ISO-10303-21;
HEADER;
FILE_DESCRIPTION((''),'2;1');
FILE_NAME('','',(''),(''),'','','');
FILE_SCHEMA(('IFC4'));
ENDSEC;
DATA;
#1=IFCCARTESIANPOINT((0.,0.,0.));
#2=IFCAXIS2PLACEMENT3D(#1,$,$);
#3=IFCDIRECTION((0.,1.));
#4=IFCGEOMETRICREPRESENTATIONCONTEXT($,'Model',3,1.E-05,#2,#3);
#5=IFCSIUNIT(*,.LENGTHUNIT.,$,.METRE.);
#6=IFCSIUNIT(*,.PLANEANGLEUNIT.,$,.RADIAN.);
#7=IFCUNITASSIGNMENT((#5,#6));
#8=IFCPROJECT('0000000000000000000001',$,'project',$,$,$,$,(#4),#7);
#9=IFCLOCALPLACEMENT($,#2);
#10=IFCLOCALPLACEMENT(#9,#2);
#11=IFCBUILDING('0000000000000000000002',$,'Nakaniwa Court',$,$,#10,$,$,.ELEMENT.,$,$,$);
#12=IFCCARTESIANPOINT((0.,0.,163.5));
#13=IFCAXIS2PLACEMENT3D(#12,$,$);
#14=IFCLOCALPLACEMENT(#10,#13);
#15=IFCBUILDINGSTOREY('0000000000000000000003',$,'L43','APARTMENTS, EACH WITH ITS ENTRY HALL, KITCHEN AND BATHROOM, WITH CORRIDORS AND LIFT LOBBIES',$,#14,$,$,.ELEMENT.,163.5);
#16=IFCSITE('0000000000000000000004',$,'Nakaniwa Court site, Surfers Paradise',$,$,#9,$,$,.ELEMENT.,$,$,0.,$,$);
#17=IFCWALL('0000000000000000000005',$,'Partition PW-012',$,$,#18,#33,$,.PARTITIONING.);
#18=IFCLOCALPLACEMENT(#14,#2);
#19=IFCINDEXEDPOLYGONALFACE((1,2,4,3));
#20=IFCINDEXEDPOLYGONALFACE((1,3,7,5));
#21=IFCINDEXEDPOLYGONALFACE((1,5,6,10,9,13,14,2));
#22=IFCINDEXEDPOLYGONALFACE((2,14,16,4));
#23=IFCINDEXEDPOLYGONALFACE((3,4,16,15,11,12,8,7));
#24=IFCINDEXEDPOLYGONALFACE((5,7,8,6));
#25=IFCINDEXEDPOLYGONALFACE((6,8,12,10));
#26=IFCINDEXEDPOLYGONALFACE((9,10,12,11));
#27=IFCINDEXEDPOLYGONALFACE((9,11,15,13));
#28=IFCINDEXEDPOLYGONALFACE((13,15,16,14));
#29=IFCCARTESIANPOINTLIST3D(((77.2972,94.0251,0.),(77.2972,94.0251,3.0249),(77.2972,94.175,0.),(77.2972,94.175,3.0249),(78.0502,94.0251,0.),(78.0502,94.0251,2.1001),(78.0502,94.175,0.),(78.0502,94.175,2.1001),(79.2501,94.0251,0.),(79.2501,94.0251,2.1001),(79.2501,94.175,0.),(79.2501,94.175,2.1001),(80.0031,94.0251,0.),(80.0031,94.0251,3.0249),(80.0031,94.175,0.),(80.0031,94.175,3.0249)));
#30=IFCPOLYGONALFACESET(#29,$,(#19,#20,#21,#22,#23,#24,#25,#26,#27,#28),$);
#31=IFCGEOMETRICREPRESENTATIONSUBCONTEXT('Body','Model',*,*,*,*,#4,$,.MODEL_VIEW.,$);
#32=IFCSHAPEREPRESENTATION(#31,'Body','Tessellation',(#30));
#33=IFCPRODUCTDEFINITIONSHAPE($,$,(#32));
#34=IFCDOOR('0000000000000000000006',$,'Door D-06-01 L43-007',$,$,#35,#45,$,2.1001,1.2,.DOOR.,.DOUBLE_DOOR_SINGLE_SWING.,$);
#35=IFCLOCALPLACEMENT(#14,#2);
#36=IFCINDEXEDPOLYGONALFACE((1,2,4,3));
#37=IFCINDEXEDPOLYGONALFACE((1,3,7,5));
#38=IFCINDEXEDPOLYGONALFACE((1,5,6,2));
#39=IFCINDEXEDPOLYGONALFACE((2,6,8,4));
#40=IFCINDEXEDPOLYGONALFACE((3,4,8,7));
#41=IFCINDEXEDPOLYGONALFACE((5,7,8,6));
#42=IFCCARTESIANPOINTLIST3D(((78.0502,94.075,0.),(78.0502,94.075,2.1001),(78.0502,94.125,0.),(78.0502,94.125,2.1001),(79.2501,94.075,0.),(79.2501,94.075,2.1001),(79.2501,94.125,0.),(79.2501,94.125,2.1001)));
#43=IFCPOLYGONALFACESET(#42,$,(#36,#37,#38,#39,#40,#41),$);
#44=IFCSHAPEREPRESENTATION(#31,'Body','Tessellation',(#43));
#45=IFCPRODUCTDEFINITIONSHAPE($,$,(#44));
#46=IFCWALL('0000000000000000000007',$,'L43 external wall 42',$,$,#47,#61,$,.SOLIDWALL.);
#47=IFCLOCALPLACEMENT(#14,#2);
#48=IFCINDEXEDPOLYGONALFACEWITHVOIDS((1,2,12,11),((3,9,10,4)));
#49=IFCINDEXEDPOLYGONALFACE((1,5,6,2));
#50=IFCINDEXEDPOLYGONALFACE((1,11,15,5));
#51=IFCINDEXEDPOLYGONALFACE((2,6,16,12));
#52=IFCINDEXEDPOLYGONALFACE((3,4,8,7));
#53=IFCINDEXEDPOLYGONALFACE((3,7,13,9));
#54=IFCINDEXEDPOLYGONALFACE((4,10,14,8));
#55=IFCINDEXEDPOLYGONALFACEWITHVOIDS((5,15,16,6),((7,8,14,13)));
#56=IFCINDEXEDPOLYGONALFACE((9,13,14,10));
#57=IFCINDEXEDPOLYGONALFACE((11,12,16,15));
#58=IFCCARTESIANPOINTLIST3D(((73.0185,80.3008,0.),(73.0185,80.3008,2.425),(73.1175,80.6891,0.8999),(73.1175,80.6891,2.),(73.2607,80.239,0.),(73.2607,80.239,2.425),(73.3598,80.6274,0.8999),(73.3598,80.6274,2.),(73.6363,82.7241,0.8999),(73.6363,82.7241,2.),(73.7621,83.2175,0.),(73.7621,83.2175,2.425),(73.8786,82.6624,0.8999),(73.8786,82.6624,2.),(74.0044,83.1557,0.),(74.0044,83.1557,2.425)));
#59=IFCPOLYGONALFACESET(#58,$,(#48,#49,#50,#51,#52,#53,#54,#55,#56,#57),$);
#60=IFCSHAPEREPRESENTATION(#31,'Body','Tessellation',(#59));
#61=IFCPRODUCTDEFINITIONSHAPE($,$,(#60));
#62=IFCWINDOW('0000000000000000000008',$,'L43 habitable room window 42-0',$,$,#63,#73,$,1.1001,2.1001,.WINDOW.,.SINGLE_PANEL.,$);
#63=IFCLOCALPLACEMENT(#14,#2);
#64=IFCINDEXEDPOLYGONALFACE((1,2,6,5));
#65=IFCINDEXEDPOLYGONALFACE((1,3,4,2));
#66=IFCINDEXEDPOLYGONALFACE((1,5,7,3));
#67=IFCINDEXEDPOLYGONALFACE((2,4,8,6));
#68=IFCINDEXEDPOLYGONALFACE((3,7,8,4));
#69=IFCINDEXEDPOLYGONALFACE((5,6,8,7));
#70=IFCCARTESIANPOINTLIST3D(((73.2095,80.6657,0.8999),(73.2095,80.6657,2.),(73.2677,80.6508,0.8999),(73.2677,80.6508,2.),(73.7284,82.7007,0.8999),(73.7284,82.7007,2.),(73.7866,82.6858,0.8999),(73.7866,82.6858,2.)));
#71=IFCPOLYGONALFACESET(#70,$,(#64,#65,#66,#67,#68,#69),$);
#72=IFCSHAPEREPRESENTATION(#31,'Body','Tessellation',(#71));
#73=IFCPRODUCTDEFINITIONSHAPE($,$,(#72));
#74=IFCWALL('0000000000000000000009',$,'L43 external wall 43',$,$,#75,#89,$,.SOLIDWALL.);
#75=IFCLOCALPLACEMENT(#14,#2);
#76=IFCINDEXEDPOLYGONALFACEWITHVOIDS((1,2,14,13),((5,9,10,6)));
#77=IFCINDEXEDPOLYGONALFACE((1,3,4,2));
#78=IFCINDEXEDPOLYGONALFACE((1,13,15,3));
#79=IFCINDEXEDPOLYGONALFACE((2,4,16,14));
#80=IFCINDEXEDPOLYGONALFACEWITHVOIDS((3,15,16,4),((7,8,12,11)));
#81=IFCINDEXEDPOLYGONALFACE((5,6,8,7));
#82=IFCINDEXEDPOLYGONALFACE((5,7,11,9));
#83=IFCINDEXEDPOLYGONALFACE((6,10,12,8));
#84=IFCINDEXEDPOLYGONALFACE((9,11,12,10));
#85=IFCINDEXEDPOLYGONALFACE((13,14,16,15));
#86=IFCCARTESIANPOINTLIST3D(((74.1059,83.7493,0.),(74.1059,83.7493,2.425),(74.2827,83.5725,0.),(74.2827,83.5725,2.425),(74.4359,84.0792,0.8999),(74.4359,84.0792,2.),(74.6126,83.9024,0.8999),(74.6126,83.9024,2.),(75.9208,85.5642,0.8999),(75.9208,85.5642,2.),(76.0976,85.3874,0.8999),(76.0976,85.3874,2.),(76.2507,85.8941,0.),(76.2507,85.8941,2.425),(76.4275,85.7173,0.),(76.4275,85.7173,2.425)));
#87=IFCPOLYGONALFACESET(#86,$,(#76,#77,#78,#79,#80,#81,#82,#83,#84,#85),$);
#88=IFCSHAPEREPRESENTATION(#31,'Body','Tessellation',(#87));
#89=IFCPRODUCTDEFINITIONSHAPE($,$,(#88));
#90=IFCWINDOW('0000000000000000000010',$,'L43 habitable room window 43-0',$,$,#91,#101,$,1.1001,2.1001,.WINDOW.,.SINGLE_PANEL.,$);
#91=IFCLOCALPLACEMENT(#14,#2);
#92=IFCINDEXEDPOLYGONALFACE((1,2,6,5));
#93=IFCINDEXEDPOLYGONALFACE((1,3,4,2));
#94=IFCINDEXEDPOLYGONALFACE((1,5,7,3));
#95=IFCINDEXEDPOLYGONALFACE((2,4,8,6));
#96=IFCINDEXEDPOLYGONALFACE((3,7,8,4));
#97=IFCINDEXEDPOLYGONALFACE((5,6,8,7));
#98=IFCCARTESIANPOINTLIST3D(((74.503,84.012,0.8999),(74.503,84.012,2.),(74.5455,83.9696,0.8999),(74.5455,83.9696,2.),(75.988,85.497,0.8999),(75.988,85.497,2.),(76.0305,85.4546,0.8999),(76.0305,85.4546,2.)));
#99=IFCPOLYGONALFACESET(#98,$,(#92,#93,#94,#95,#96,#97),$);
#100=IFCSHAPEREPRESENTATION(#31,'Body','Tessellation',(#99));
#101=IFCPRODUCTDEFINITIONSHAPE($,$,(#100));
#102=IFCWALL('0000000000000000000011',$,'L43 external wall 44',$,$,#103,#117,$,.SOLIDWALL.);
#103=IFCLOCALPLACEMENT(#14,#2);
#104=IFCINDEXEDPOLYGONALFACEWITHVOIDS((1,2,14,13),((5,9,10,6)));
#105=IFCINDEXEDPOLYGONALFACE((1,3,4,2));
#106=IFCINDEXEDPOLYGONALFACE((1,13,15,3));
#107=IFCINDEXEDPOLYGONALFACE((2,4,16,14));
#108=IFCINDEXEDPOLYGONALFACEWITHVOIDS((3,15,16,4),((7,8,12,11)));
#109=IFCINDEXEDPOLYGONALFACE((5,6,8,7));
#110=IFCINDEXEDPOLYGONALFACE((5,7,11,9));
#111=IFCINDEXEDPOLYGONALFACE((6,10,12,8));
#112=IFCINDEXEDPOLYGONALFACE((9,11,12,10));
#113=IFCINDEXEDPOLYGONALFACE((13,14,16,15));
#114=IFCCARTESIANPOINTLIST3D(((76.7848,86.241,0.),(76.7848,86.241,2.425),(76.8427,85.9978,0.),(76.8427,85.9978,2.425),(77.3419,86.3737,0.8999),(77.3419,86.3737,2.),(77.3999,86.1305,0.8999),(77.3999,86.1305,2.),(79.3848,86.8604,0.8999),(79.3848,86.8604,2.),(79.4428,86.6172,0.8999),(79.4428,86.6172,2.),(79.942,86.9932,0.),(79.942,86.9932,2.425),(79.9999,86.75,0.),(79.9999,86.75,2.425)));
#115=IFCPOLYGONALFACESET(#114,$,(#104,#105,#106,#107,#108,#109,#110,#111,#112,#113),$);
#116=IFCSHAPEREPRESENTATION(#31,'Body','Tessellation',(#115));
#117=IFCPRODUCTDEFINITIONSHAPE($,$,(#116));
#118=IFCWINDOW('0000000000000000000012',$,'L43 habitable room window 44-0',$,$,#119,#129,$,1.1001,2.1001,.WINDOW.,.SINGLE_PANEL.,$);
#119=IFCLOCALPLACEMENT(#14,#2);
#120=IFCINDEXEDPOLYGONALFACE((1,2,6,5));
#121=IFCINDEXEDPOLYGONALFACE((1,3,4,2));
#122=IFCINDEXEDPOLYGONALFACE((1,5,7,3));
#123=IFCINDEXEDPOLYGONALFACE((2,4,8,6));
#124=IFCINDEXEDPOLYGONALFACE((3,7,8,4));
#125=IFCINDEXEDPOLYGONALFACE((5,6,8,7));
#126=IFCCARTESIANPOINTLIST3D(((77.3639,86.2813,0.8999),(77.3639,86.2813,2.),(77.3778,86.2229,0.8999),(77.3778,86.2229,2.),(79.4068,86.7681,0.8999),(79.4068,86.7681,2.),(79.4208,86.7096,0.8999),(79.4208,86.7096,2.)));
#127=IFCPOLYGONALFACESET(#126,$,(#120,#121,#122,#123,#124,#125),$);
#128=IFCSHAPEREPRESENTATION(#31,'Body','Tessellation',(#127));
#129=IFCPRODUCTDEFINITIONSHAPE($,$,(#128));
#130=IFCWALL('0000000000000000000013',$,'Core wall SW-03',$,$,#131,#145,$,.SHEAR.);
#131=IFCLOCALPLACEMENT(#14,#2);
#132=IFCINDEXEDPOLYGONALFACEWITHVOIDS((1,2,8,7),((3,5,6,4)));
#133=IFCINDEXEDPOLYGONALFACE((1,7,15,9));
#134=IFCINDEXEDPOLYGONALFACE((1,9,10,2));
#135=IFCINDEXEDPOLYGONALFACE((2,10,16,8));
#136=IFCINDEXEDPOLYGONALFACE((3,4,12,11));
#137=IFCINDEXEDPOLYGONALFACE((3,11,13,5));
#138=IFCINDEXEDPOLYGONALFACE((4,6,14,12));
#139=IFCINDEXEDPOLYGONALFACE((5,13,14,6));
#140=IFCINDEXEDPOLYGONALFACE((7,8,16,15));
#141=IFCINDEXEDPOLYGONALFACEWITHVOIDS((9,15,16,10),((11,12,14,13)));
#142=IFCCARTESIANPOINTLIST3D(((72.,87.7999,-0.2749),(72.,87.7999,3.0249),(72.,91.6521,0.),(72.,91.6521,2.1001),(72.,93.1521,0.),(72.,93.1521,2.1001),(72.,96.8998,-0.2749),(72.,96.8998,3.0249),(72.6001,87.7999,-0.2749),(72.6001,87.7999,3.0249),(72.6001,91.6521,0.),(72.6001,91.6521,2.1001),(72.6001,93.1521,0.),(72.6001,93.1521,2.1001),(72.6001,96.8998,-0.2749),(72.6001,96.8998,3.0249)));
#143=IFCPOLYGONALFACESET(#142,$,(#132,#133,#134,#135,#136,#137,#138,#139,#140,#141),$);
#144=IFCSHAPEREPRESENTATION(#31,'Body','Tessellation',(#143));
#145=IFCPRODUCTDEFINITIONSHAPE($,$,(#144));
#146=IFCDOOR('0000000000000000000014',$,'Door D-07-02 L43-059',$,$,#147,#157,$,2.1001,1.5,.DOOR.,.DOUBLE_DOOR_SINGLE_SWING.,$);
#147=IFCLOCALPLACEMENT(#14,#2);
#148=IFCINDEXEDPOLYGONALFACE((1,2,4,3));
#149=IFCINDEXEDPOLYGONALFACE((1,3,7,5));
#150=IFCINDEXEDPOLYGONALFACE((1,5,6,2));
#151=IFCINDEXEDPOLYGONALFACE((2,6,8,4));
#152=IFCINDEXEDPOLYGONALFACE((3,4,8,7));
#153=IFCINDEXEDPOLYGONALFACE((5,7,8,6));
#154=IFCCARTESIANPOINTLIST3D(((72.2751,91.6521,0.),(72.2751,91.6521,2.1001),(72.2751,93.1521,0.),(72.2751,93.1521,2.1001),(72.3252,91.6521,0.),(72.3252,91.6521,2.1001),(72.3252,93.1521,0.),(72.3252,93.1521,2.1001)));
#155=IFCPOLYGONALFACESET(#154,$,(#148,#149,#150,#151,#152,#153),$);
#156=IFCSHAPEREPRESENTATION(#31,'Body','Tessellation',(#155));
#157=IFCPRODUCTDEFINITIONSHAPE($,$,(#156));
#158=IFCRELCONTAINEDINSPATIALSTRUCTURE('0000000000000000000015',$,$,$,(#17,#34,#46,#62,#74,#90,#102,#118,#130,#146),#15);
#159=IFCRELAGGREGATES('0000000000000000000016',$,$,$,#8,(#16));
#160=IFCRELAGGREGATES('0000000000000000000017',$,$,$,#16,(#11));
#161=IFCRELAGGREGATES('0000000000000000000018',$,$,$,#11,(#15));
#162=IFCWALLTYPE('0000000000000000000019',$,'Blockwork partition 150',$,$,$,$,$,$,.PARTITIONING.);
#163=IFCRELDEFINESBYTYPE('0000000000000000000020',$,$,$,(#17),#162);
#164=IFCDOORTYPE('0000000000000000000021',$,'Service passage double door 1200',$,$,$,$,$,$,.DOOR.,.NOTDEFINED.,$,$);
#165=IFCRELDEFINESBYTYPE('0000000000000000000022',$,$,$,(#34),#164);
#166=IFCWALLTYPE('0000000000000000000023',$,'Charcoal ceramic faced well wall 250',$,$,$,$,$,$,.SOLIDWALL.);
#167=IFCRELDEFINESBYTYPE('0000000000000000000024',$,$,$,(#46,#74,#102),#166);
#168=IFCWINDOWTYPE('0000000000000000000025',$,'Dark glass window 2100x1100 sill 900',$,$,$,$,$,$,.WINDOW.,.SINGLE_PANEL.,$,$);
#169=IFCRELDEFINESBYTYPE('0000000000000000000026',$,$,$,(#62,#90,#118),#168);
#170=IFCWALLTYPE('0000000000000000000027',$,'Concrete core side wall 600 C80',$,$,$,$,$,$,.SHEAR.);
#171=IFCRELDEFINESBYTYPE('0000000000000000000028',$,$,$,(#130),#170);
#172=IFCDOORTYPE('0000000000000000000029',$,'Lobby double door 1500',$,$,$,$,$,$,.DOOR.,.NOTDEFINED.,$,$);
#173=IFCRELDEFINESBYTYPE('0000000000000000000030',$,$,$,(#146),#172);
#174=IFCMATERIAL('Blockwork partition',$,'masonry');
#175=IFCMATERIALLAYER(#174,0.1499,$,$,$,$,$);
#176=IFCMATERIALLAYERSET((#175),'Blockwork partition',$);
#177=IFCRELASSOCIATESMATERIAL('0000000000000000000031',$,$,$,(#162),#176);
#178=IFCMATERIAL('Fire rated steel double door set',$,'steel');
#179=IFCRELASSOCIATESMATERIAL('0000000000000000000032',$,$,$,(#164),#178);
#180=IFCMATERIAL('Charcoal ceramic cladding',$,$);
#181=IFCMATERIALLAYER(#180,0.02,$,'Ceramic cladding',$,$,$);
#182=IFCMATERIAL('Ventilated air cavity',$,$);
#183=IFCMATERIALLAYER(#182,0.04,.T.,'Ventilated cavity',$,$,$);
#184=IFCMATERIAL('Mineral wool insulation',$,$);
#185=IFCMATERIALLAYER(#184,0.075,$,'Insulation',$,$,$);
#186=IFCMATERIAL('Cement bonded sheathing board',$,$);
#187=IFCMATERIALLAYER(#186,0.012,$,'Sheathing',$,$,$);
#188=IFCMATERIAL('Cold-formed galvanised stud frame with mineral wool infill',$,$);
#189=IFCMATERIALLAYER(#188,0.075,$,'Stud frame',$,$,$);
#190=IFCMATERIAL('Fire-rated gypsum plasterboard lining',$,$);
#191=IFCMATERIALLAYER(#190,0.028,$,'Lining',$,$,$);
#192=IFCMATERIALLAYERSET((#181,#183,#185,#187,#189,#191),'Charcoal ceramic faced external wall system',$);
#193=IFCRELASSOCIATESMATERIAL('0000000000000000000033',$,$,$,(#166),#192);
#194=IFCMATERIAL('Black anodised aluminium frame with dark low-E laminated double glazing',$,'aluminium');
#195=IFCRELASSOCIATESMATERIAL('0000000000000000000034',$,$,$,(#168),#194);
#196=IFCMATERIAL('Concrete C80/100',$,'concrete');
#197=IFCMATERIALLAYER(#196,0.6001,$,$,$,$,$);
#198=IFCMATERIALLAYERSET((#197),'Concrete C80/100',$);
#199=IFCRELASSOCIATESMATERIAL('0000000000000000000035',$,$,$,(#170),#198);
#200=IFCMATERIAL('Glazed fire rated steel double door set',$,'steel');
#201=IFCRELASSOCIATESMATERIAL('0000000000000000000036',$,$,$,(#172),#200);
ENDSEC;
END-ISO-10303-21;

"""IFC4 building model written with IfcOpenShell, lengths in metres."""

from ifc_helpers import new_model, si_unit, direction, frame, frame_2d, origin, place, context, subcontext, project, spatial, rectangle, extrude, material, layer, layer_set, type_object, element, fill, save


model = new_model("IFC4")

# Units and contexts
model_context = context("Model", 3, precision=1e-05, world=origin(), true_north=direction((0.0, 1.0)))
body_context = subcontext(model_context, "Body", "Model", "MODEL_VIEW")
ifc_project = project(units=[si_unit("LENGTHUNIT", "METRE"), si_unit("PLANEANGLEUNIT", "RADIAN")], contexts=[model_context])

# Site, building, storey
site_placement = place(None, origin())
site = spatial("IfcSite", under=ifc_project, at=site_placement, Name="Nakaniwa Court site, Surfers Paradise", CompositionType="ELEMENT", RefElevation=0.0)
building_placement = place(site_placement, origin())
building = spatial("IfcBuilding", under=site, at=building_placement, Name="Nakaniwa Court", CompositionType="ELEMENT")
storey_placement = place(building_placement, frame((0.0, 0.0, 163.5)))
storey = spatial("IfcBuildingStorey", under=building, at=storey_placement, Name="L43", Description="APARTMENTS, EACH WITH ITS ENTRY HALL, KITCHEN AND BATHROOM, WITH CORRIDORS AND LIFT LOBBIES", CompositionType="ELEMENT", Elevation=163.5)

# Shared definitions
ifc_material_1 = material(Name="Concrete C80/100", Category="concrete")

# Shared definitions
ifc_material_2 = material(Name="Blockwork partition", Category="masonry")
ifc_layer_1 = layer(ifc_material_2, 0.1499)
ifc_layer_set_1 = layer_set([ifc_layer_1], Name="Blockwork partition")
wall_type_1 = type_object("IfcWallType", Name="Blockwork partition 150", PredefinedType="PARTITIONING", material=ifc_layer_set_1)

# Wall, opening, door
wall_1_placement = place(storey_placement, frame((77.2971, 94.1001, 0.0), z_axis=(0.0, 0.0, 1.0), x_axis=(1.0, 0.0, 0.0)))
wall_1 = element("IfcWall", 1, at=wall_1_placement, inside=storey, type_object=wall_type_1, Name="Partition PW-012", PredefinedType="PARTITIONING", context=body_context, shape_type="SweptSolid", body=[
    extrude(rectangle(XDim=2.7058, YDim=0.1499, at=frame_2d((1.353, 0.0))), origin(), (0.0, 0.0, 1.0), 3.0249),
])
opening_1_placement = place(wall_1_placement, frame((0.7529, 0.0, 0.0)))
opening_1 = element("IfcOpeningElement", 2, at=opening_1_placement, cuts=wall_1, PredefinedType="OPENING", context=body_context, shape_type="SweptSolid", body=[
    extrude(rectangle(XDim=1.2, YDim=2.1001, at=frame_2d((0.6001, 1.05))), frame((0.0, 0.085, 0.0), z_axis=(0.0, -1.0, 0.0), x_axis=(1.0, 0.0, 0.0)), (0.0, 0.0, 1.0), 0.1699),
])
ifc_material_3 = material(Name="Fire rated steel double door set", Category="steel")
door_type_1 = type_object("IfcDoorType", Name="Service passage double door 1200", OperationType="NOTDEFINED", PredefinedType="DOOR", material=ifc_material_3)
door_1_placement = place(opening_1_placement, origin())
door_1 = element("IfcDoor", 3, at=door_1_placement, inside=storey, type_object=door_type_1, Name="Door D-06-01 L43-007", OperationType="DOUBLE_DOOR_SINGLE_SWING", OverallHeight=2.1001, OverallWidth=1.2, PredefinedType="DOOR", context=body_context, shape_type="SweptSolid", body=[
    extrude(rectangle(XDim=1.2, YDim=2.1001, at=frame_2d((0.6001, 1.05))), frame((0.0, 0.0249, 0.0), z_axis=(0.0, -1.0, 0.0), x_axis=(1.0, 0.0, 0.0)), (0.0, 0.0, 1.0), 0.05),
])
fill(opening_1, door_1)

# Walls, openings, windows
ifc_material_4 = material(Name="Charcoal ceramic cladding")
ifc_layer_2 = layer(ifc_material_4, 0.02, Name="Ceramic cladding")
ifc_material_5 = material(Name="Ventilated air cavity")
ifc_layer_3 = layer(ifc_material_5, 0.04, ventilated=True, Name="Ventilated cavity")
ifc_material_6 = material(Name="Mineral wool insulation")
ifc_layer_4 = layer(ifc_material_6, 0.075, Name="Insulation")
ifc_material_7 = material(Name="Cement bonded sheathing board")
ifc_layer_5 = layer(ifc_material_7, 0.012, Name="Sheathing")
ifc_material_8 = material(Name="Cold-formed galvanised stud frame with mineral wool infill")
ifc_layer_6 = layer(ifc_material_8, 0.075, Name="Stud frame")
ifc_material_9 = material(Name="Fire-rated gypsum plasterboard lining")
ifc_layer_7 = layer(ifc_material_9, 0.028, Name="Lining")
ifc_layer_set_2 = layer_set([ifc_layer_2, ifc_layer_3, ifc_layer_4, ifc_layer_5, ifc_layer_6, ifc_layer_7], Name="Charcoal ceramic faced external wall system")
wall_type_2 = type_object("IfcWallType", Name="Charcoal ceramic faced well wall 250", PredefinedType="SOLIDWALL", material=ifc_layer_set_2)
wall_2_placement = place(storey_placement, frame((73.1396, 80.27, 0.0), z_axis=(0.0, 0.0, 1.0), x_axis=(0.247056, 0.969001, 0.0)))
wall_2 = element("IfcWall", 4, at=wall_2_placement, inside=storey, type_object=wall_type_2, Name="L43 external wall 42", PredefinedType="SOLIDWALL", context=body_context, shape_type="SweptSolid", body=[
    extrude(rectangle(XDim=3.01, YDim=0.25, at=frame_2d((1.5049, 0.0))), origin(), (0.0, 0.0, 1.0), 2.425),
])
opening_2_placement = place(wall_2_placement, frame((0.4006, 0.0, 0.8999)))
opening_2 = element("IfcOpeningElement", 5, at=opening_2_placement, cuts=wall_2, PredefinedType="OPENING", context=body_context, shape_type="SweptSolid", body=[
    extrude(rectangle(XDim=2.1001, YDim=1.1001, at=frame_2d((1.05, 0.55))), frame((0.0, 0.135, 0.0), z_axis=(0.0, -1.0, 0.0), x_axis=(1.0, 0.0, 0.0)), (0.0, 0.0, 1.0), 0.27),
])
ifc_material_10 = material(Name="Black anodised aluminium frame with dark low-E laminated double glazing", Category="aluminium")
window_type = type_object("IfcWindowType", Name="Dark glass window 2100x1100 sill 900", PartitioningType="SINGLE_PANEL", PredefinedType="WINDOW", material=ifc_material_10)
window_1_placement = place(opening_2_placement, origin())
window_1 = element("IfcWindow", 6, at=window_1_placement, inside=storey, type_object=window_type, Name="L43 habitable room window 42-0", OverallHeight=1.1001, OverallWidth=2.1001, PartitioningType="SINGLE_PANEL", PredefinedType="WINDOW", context=body_context, shape_type="SweptSolid", body=[
    extrude(rectangle(XDim=2.1001, YDim=1.1001, at=frame_2d((1.05, 0.55))), frame((0.0, 0.03, 0.0), z_axis=(0.0, -1.0, 0.0), x_axis=(1.0, 0.0, 0.0)), (0.0, 0.0, 1.0), 0.0601),
])
fill(opening_2, window_1)
wall_3_placement = place(storey_placement, frame((74.1943, 83.6609, 0.0), z_axis=(0.0, 0.0, 1.0), x_axis=(0.707107, 0.707107, 0.0)))
wall_3 = element("IfcWall", 7, at=wall_3_placement, inside=storey, type_object=wall_type_2, Name="L43 external wall 43", PredefinedType="SOLIDWALL", context=body_context, shape_type="SweptSolid", body=[
    extrude(rectangle(XDim=3.0332, YDim=0.25, at=frame_2d((1.5166, 0.0))), origin(), (0.0, 0.0, 1.0), 2.425),
])
opening_3_placement = place(wall_3_placement, frame((0.4666, 0.0, 0.8999)))
opening_3 = element("IfcOpeningElement", 8, at=opening_3_placement, cuts=wall_3, PredefinedType="OPENING", context=body_context, shape_type="SweptSolid", body=[
    extrude(rectangle(XDim=2.1001, YDim=1.1001, at=frame_2d((1.05, 0.55))), frame((0.0, 0.135, 0.0), z_axis=(0.0, -1.0, 0.0), x_axis=(1.0, 0.0, 0.0)), (0.0, 0.0, 1.0), 0.27),
])
window_2_placement = place(opening_3_placement, origin())
window_2 = element("IfcWindow", 9, at=window_2_placement, inside=storey, type_object=window_type, Name="L43 habitable room window 43-0", OverallHeight=1.1001, OverallWidth=2.1001, PartitioningType="SINGLE_PANEL", PredefinedType="WINDOW", context=body_context, shape_type="SweptSolid", body=[
    extrude(rectangle(XDim=2.1001, YDim=1.1001, at=frame_2d((1.05, 0.55))), frame((0.0, 0.03, 0.0), z_axis=(0.0, -1.0, 0.0), x_axis=(1.0, 0.0, 0.0)), (0.0, 0.0, 1.0), 0.0601),
])
fill(opening_3, window_2)
wall_4_placement = place(storey_placement, frame((76.8137, 86.1194, 0.0), z_axis=(0.0, 0.0, 1.0), x_axis=(0.972773, 0.23176, 0.0)))
wall_4 = element("IfcWall", 10, at=wall_4_placement, inside=storey, type_object=wall_type_2, Name="L43 external wall 44", PredefinedType="SOLIDWALL", context=body_context, shape_type="SweptSolid", body=[
    extrude(rectangle(XDim=3.2456, YDim=0.25, at=frame_2d((1.6228, 0.0))), origin(), (0.0, 0.0, 1.0), 2.425),
])
opening_4_placement = place(wall_4_placement, frame((0.5728, 0.0, 0.8999)))
opening_4 = element("IfcOpeningElement", 11, at=opening_4_placement, cuts=wall_4, PredefinedType="OPENING", context=body_context, shape_type="SweptSolid", body=[
    extrude(rectangle(XDim=2.1001, YDim=1.1001, at=frame_2d((1.05, 0.55))), frame((0.0, 0.135, 0.0), z_axis=(0.0, -1.0, 0.0), x_axis=(1.0, 0.0, 0.0)), (0.0, 0.0, 1.0), 0.27),
])
window_3_placement = place(opening_4_placement, origin())
window_3 = element("IfcWindow", 12, at=window_3_placement, inside=storey, type_object=window_type, Name="L43 habitable room window 44-0", OverallHeight=1.1001, OverallWidth=2.1001, PartitioningType="SINGLE_PANEL", PredefinedType="WINDOW", context=body_context, shape_type="SweptSolid", body=[
    extrude(rectangle(XDim=2.1001, YDim=1.1001, at=frame_2d((1.05, 0.55))), frame((0.0, 0.03, 0.0), z_axis=(0.0, -1.0, 0.0), x_axis=(1.0, 0.0, 0.0)), (0.0, 0.0, 1.0), 0.0601),
])
fill(opening_4, window_3)

# Wall, opening, door
ifc_layer_8 = layer(ifc_material_1, 0.6001)
ifc_layer_set_3 = layer_set([ifc_layer_8], Name="Concrete C80/100")
wall_type_3 = type_object("IfcWallType", Name="Concrete core side wall 600 C80", PredefinedType="SHEAR", material=ifc_layer_set_3)
wall_5_placement = place(storey_placement, frame((72.3, 87.8, -0.2749), z_axis=(0.0, 0.0, 1.0), x_axis=(0.0, 1.0, 0.0)))
wall_5 = element("IfcWall", 13, at=wall_5_placement, inside=storey, type_object=wall_type_3, Name="Core wall SW-03", PredefinedType="SHEAR", context=body_context, shape_type="SweptSolid", body=[
    extrude(rectangle(XDim=9.0999, YDim=0.6001, at=frame_2d((4.5498, 0.0))), origin(), (0.0, 0.0, 1.0), 3.2998),
])
opening_5_placement = place(wall_5_placement, frame((3.8521, 0.0, 0.2749)))
opening_5 = element("IfcOpeningElement", 14, at=opening_5_placement, cuts=wall_5, PredefinedType="OPENING", context=body_context, shape_type="SweptSolid", body=[
    extrude(rectangle(XDim=1.5, YDim=2.1001, at=frame_2d((0.75, 1.05))), frame((0.0, 0.3101, 0.0), z_axis=(0.0, -1.0, 0.0), x_axis=(1.0, 0.0, 0.0)), (0.0, 0.0, 1.0), 0.6201),
])
ifc_material_11 = material(Name="Glazed fire rated steel double door set", Category="steel")
door_type_2 = type_object("IfcDoorType", Name="Lobby double door 1500", OperationType="NOTDEFINED", PredefinedType="DOOR", material=ifc_material_11)
door_2_placement = place(opening_5_placement, origin())
door_2 = element("IfcDoor", 15, at=door_2_placement, inside=storey, type_object=door_type_2, Name="Door D-07-02 L43-059", OperationType="DOUBLE_DOOR_SINGLE_SWING", OverallHeight=2.1001, OverallWidth=1.5, PredefinedType="DOOR", context=body_context, shape_type="SweptSolid", body=[
    extrude(rectangle(XDim=1.5, YDim=2.1001, at=frame_2d((0.75, 1.05))), frame((0.0, 0.0249, 0.0), z_axis=(0.0, -1.0, 0.0), x_axis=(1.0, 0.0, 0.0)), (0.0, 0.0, 1.0), 0.05),
])
fill(opening_5, door_2)

save(model, "model.ifc")
